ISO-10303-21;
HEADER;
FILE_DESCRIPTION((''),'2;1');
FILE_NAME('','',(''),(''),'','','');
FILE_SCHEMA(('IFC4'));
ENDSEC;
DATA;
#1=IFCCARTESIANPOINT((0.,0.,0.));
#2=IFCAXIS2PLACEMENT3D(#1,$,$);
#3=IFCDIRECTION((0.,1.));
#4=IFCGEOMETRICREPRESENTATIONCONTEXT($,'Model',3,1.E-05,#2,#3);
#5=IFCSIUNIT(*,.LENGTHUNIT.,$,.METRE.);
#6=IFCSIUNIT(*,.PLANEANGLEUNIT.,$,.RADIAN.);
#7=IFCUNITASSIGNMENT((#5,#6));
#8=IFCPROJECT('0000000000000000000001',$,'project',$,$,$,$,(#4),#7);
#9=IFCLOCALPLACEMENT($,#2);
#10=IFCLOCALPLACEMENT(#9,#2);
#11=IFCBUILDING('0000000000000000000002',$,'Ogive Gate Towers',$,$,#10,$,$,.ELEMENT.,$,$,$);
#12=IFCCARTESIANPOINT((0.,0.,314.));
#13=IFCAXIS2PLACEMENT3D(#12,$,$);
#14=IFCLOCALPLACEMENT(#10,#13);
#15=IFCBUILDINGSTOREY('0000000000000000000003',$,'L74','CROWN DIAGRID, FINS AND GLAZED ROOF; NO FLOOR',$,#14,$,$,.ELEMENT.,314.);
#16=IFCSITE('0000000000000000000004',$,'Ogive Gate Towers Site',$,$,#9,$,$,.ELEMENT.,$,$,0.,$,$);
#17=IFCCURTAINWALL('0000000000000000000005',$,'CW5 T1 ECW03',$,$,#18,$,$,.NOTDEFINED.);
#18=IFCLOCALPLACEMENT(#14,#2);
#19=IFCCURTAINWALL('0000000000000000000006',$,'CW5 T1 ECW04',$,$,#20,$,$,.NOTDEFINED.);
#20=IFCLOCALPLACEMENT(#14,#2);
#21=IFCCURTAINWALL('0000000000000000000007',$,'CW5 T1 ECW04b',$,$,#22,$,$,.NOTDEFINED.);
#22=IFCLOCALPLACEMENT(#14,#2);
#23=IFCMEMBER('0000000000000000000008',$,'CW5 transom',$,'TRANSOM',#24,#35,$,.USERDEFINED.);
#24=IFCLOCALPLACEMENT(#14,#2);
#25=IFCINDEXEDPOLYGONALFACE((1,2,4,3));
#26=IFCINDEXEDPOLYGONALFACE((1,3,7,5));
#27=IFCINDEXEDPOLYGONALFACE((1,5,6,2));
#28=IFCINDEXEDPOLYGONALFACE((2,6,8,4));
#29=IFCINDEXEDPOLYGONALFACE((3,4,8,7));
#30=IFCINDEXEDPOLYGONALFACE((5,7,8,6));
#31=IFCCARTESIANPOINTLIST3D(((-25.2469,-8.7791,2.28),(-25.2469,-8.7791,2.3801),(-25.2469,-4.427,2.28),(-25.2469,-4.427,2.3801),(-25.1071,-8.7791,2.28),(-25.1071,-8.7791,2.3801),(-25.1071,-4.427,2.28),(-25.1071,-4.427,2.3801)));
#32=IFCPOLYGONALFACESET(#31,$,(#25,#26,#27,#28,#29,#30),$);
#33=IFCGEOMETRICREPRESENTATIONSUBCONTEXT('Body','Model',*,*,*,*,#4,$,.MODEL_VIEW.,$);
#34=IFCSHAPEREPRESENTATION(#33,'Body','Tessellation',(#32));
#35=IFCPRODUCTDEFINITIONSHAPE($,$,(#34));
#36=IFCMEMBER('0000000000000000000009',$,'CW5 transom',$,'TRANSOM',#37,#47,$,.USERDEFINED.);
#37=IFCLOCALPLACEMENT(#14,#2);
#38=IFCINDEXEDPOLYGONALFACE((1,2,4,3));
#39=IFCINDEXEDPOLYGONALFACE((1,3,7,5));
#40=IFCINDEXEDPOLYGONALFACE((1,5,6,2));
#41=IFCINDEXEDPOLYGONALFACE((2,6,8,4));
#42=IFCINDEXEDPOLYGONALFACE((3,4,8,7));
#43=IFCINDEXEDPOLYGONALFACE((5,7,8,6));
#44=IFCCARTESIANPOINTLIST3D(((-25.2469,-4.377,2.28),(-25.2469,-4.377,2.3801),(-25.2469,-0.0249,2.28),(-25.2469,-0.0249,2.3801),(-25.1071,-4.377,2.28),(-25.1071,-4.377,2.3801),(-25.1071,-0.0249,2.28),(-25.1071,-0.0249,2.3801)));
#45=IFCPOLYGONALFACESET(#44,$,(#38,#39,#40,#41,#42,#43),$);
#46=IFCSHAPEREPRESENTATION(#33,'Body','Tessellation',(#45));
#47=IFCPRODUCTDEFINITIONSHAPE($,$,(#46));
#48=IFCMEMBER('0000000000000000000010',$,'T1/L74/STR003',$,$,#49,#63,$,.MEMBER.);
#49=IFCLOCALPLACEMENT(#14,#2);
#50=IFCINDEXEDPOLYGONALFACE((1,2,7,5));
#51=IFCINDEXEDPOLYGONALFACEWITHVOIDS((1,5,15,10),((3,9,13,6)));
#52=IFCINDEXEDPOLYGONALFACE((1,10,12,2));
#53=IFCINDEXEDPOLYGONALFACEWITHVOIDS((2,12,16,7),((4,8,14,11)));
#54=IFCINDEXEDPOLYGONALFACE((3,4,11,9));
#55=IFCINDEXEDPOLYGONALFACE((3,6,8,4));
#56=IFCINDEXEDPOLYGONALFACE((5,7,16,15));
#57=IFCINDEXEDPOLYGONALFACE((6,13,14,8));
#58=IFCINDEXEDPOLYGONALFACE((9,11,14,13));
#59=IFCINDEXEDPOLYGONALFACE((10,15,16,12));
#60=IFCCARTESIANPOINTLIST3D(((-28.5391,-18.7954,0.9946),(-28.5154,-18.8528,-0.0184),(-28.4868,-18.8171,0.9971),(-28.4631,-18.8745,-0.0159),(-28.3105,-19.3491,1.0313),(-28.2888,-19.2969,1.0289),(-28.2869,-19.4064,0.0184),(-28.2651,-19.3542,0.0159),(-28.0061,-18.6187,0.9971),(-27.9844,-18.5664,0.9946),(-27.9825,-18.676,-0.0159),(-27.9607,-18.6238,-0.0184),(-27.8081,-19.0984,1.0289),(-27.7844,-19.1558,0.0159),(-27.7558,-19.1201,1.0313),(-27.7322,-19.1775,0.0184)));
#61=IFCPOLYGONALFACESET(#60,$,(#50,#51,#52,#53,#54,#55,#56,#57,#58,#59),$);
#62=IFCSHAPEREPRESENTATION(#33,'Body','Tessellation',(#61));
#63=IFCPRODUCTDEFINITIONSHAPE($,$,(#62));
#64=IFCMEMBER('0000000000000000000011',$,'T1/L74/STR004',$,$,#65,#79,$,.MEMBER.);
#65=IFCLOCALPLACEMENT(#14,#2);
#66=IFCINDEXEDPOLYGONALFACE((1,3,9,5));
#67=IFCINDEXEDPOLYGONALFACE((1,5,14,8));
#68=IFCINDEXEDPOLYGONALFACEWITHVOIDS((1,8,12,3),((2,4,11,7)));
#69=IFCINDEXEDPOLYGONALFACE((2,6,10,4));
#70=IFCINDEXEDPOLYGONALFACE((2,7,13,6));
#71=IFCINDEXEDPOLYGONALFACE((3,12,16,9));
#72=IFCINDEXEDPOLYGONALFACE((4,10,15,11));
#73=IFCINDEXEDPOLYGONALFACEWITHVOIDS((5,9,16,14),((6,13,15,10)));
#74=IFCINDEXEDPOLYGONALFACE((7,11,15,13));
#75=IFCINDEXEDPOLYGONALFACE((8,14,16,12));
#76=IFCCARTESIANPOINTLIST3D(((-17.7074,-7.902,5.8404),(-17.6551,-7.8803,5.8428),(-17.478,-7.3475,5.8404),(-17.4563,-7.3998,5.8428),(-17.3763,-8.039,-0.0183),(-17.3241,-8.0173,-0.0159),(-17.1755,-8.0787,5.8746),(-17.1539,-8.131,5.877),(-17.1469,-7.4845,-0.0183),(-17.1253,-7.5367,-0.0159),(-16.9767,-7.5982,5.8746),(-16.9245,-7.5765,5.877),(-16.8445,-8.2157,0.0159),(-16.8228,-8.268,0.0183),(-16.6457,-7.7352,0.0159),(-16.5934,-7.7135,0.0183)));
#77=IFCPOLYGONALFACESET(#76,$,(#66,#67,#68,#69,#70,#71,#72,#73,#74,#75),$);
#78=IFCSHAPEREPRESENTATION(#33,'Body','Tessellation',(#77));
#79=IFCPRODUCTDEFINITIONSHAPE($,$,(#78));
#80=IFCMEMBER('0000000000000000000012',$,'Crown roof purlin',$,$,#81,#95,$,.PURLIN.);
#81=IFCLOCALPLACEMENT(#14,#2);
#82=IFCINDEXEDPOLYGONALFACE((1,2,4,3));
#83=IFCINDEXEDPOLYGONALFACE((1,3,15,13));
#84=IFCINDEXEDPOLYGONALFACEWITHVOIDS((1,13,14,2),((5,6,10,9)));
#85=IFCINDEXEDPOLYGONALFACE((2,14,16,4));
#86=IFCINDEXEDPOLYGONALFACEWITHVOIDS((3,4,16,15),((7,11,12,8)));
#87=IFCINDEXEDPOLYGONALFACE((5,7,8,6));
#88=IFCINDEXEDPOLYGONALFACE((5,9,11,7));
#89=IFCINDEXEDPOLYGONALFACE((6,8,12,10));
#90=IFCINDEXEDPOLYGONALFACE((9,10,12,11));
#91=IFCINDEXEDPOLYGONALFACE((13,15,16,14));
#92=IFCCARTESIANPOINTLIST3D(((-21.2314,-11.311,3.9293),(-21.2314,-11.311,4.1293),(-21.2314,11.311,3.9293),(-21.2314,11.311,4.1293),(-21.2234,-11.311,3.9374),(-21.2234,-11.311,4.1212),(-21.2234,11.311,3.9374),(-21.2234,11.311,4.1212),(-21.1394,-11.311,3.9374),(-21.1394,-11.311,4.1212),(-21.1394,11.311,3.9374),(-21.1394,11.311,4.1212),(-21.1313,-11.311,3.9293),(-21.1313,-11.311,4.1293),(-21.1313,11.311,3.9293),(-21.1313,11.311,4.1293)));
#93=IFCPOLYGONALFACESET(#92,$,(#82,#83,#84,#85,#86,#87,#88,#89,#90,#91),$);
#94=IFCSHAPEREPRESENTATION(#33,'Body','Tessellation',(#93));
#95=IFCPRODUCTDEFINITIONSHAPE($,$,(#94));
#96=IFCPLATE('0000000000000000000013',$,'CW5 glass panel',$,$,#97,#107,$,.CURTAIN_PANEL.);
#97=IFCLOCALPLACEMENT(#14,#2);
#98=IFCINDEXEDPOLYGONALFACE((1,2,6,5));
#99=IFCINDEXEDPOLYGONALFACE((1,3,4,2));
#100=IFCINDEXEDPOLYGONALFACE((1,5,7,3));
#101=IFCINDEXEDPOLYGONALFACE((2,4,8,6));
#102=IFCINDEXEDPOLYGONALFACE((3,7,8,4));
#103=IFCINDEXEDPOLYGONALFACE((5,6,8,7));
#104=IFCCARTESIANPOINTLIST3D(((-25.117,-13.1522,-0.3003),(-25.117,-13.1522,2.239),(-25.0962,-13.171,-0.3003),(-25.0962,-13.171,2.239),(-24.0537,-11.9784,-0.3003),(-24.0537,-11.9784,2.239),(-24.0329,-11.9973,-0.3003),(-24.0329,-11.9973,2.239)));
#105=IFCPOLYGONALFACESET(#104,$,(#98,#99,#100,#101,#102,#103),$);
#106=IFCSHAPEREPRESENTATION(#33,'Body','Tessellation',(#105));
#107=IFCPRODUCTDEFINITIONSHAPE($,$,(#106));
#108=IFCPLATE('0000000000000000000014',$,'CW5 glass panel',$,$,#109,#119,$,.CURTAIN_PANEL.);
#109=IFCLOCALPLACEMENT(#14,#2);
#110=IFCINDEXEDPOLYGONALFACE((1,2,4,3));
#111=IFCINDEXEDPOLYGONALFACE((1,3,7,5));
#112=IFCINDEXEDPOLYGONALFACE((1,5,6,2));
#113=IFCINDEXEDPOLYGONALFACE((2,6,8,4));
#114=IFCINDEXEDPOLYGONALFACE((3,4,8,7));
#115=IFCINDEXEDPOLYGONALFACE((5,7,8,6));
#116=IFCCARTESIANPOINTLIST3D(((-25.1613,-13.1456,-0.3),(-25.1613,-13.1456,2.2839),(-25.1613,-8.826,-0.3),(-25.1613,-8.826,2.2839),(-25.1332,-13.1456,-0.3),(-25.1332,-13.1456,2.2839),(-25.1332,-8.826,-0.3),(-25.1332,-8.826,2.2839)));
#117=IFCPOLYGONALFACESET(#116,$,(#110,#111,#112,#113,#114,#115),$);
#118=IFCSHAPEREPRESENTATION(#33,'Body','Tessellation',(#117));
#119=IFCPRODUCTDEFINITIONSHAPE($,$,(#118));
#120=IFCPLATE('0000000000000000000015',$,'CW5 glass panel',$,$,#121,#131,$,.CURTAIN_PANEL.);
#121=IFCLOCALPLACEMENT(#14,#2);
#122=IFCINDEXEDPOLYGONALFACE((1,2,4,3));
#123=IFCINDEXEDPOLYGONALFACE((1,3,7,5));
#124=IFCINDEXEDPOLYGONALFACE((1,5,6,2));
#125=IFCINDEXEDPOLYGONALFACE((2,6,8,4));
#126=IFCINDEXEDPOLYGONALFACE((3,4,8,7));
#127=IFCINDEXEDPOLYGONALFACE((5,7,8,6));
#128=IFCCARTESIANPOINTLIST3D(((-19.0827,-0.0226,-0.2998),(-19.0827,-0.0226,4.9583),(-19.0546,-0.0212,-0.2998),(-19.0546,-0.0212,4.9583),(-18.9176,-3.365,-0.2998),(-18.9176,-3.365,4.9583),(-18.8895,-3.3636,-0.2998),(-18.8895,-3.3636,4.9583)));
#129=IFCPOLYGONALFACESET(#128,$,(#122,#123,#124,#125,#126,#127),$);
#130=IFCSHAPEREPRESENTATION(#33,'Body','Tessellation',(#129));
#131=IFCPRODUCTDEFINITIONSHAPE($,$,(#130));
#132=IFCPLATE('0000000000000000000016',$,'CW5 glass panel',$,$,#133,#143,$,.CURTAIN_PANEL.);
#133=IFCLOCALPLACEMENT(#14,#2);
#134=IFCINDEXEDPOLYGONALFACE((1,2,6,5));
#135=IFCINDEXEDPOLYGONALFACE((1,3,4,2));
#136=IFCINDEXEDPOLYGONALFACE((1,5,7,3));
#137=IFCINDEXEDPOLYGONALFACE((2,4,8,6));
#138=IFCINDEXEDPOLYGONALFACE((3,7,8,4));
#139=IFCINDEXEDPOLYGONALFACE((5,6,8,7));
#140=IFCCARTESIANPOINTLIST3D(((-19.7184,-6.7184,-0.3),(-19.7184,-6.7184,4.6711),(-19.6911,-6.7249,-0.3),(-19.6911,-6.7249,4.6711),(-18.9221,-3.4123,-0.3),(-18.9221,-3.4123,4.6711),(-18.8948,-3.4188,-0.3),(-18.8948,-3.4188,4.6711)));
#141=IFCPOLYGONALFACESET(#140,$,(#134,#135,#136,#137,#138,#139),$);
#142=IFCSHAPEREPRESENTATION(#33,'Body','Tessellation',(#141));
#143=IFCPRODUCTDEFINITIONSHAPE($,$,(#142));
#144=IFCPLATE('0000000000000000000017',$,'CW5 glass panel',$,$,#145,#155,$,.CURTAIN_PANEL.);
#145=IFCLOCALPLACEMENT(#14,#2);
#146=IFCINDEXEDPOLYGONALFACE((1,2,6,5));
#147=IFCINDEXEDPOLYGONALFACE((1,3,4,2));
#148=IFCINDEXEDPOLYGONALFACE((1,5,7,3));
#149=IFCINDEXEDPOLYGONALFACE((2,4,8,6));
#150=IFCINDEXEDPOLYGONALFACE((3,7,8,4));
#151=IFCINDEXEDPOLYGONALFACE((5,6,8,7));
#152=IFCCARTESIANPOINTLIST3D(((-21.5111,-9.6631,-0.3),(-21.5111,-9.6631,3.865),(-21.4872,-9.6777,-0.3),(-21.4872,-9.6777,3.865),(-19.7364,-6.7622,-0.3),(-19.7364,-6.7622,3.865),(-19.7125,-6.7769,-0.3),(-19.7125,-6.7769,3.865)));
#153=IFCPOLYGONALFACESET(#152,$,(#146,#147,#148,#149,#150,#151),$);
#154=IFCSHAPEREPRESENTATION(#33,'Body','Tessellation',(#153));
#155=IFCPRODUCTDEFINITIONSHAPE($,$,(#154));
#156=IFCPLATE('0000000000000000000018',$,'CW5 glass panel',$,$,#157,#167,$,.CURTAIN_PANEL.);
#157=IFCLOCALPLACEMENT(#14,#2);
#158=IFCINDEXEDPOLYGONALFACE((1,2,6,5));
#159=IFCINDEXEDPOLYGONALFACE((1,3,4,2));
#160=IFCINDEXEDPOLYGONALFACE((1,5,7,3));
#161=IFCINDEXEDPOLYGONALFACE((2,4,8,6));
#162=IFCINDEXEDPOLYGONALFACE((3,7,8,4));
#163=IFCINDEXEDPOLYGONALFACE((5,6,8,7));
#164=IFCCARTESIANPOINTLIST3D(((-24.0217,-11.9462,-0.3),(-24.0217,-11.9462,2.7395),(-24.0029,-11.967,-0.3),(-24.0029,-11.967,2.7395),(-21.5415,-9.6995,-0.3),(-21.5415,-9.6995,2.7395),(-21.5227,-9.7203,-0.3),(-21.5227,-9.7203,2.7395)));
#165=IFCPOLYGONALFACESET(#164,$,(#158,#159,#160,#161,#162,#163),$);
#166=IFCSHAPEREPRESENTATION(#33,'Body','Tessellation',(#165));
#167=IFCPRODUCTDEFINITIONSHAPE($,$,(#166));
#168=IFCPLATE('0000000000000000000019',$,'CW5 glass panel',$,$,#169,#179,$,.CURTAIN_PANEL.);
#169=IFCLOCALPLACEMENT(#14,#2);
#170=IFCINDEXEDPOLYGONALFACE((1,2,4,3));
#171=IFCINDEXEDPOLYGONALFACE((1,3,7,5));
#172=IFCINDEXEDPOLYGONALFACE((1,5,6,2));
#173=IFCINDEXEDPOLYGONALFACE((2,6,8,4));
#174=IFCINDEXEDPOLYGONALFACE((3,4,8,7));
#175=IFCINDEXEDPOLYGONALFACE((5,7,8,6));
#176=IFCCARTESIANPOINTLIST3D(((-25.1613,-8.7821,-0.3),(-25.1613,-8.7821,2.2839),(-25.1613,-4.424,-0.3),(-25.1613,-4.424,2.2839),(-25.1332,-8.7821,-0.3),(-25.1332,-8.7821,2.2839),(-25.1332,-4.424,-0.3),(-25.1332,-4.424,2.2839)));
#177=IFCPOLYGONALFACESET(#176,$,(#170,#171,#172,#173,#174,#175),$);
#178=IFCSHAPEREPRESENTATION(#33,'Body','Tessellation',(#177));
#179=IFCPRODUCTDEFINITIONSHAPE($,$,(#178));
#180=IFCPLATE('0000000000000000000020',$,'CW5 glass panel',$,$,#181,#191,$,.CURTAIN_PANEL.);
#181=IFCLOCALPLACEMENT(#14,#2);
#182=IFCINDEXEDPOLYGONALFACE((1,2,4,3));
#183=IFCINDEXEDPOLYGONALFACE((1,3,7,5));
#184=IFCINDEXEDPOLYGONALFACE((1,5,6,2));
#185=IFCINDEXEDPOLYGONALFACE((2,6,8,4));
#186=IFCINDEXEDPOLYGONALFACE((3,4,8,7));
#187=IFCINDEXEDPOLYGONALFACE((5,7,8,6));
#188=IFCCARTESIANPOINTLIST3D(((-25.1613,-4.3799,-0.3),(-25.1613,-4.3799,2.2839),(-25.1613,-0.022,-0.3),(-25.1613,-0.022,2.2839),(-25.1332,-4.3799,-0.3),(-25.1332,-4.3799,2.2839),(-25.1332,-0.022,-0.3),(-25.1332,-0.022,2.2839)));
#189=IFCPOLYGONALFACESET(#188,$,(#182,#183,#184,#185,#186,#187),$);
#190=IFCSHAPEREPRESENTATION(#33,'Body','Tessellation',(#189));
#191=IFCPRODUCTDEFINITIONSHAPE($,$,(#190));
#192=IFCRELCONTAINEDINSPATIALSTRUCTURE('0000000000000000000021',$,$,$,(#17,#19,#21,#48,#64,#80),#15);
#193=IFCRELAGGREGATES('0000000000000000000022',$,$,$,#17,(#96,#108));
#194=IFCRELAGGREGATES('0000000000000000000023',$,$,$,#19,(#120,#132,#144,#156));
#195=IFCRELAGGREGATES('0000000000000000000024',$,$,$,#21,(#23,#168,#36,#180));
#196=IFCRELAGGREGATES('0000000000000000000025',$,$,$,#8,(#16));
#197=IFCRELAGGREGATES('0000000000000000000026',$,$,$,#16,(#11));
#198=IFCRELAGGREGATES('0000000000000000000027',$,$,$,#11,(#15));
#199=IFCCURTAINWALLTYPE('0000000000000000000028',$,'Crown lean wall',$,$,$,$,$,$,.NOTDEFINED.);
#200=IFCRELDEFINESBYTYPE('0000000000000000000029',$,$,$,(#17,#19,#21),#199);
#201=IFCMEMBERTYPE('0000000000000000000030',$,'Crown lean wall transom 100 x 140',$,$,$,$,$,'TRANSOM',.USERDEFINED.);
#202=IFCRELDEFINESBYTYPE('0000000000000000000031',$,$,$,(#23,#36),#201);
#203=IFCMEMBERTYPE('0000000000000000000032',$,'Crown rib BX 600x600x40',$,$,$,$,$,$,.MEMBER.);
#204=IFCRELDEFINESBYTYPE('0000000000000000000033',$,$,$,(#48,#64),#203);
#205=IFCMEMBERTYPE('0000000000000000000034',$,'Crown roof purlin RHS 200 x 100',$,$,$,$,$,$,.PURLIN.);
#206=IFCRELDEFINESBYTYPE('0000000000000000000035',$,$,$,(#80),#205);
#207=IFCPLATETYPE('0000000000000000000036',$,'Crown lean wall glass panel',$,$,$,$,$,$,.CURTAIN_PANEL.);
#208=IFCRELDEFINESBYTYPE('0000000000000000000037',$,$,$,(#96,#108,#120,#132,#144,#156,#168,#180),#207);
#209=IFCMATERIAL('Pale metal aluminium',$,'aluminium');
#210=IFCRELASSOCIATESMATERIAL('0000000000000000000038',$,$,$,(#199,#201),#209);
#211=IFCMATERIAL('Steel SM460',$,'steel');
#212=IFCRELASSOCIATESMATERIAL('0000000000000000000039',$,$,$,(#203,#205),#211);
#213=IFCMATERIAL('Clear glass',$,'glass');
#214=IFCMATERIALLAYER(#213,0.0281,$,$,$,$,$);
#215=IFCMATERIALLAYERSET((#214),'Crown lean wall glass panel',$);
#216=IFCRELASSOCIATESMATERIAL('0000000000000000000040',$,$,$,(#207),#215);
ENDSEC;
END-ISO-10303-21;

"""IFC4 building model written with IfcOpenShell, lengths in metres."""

from ifc_helpers import new_model, si_unit, direction, frame, origin, origin_2d, place, context, subcontext, project, spatial, rectangle, hollow_rectangle, extrude, material, layer, layer_set, material_profile, profile_set, type_object, element, aggregate, save


model = new_model("IFC4")

# Units and contexts
model_context = context("Model", 3, precision=1e-05, world=origin(), true_north=direction((0.0, 1.0)))
body_context = subcontext(model_context, "Body", "Model", "MODEL_VIEW")
ifc_project = project(units=[si_unit("LENGTHUNIT", "METRE"), si_unit("PLANEANGLEUNIT", "RADIAN")], contexts=[model_context])

# Site, building, storey
site_placement = place(None, origin())
site = spatial("IfcSite", under=ifc_project, at=site_placement, Name="Ogive Gate Towers Site", CompositionType="ELEMENT", RefElevation=0.0)
building_placement = place(site_placement, origin())
building = spatial("IfcBuilding", under=site, at=building_placement, Name="Ogive Gate Towers", CompositionType="ELEMENT")
storey_placement = place(building_placement, frame((0.0, 0.0, 314.0)))
storey = spatial("IfcBuildingStorey", under=building, at=storey_placement, Name="L74", Description="CROWN DIAGRID, FINS AND GLAZED ROOF; NO FLOOR", CompositionType="ELEMENT", Elevation=314.0)

# Shared definitions
ifc_material_1 = material(Name="Pale metal aluminium", Category="aluminium")
curtain_wall_type = type_object("IfcCurtainWallType", Name="Crown lean wall", PredefinedType="NOTDEFINED", material=ifc_material_1)

# Curtain walls
curtain_wall_1_placement = place(storey_placement, origin())
curtain_wall_1 = element("IfcCurtainWall", 1, at=curtain_wall_1_placement, inside=storey, type_object=curtain_wall_type, Name="CW5 T1 ECW03", PredefinedType="NOTDEFINED")
curtain_wall_2_placement = place(storey_placement, origin())
curtain_wall_2 = element("IfcCurtainWall", 2, at=curtain_wall_2_placement, inside=storey, type_object=curtain_wall_type, Name="CW5 T1 ECW04", PredefinedType="NOTDEFINED")

# Curtain wall
curtain_wall_3_placement = place(storey_placement, origin())
curtain_wall_3 = element("IfcCurtainWall", 3, at=curtain_wall_3_placement, inside=storey, type_object=curtain_wall_type, Name="CW5 T1 ECW04b", PredefinedType="NOTDEFINED")

# Members
ifc_material_profile_1 = material_profile(ifc_material_1, rectangle(XDim=0.1399, YDim=0.1001, at=origin_2d()), Name="100 x 140 aluminium box")
ifc_profile_set_1 = profile_set([ifc_material_profile_1], Name="Pale metal aluminium")
member_type_1 = type_object("IfcMemberType", Name="Crown lean wall transom 100 x 140", ElementType="TRANSOM", PredefinedType="USERDEFINED", material=ifc_profile_set_1)
member_1_placement = place(storey_placement, frame((-25.177, -8.7791, 2.3301), z_axis=(0.0, 1.0, 0.0), x_axis=(-1.0, 0.0, 0.0)))
member_1 = element("IfcMember", 4, at=member_1_placement, type_object=member_type_1, Name="CW5 transom", ObjectType="TRANSOM", PredefinedType="USERDEFINED", context=body_context, shape_type="SweptSolid", body=[
    extrude(rectangle(XDim=0.1399, YDim=0.1001, at=origin_2d()), origin(), (0.0, 0.0, 1.0), 4.3521),
])
member_2_placement = place(storey_placement, frame((-25.177, -4.377, 2.3301), z_axis=(0.0, 1.0, 0.0), x_axis=(-1.0, 0.0, 0.0)))
member_2 = element("IfcMember", 5, at=member_2_placement, type_object=member_type_1, Name="CW5 transom", ObjectType="TRANSOM", PredefinedType="USERDEFINED", context=body_context, shape_type="SweptSolid", body=[
    extrude(rectangle(XDim=0.1399, YDim=0.1001, at=origin_2d()), origin(), (0.0, 0.0, 1.0), 4.3521),
])

# Members
ifc_material_2 = material(Name="Steel SM460", Category="steel")
ifc_material_profile_2 = material_profile(ifc_material_2, hollow_rectangle(XDim=0.6001, YDim=0.6001, WallThickness=0.04, at=origin_2d()), Name="BX 600x600x40")
ifc_profile_set_2 = profile_set([ifc_material_profile_2], Name="Steel SM460")
member_type_2 = type_object("IfcMemberType", Name="Crown rib BX 600x600x40", PredefinedType="MEMBER", material=ifc_profile_set_2)
member_3_placement = place(storey_placement, frame((-28.1238, -19.0151, 0.0), z_axis=(-0.023335, 0.056534, 0.998128), x_axis=(-0.924352, -0.381541, 0.0)))
element("IfcMember", 6, at=member_3_placement, inside=storey, type_object=member_type_2, Name="T1/L74/STR003", PredefinedType="MEMBER", context=body_context, shape_type="SweptSolid", body=[
    extrude(hollow_rectangle(XDim=0.6001, YDim=0.6001, WallThickness=0.04, at=origin_2d()), origin(), (0.0, 0.0, 1.0), 1.0149),
])
member_4_placement = place(storey_placement, frame((-16.9849, -7.8762, 0.0), z_axis=(-0.056402, 0.023334, 0.998135), x_axis=(-0.382292, -0.924042, 0.0)))
element("IfcMember", 7, at=member_4_placement, inside=storey, type_object=member_type_2, Name="T1/L74/STR004", PredefinedType="MEMBER", context=body_context, shape_type="SweptSolid", body=[
    extrude(hollow_rectangle(XDim=0.6001, YDim=0.6001, WallThickness=0.04, at=origin_2d()), origin(), (0.0, 0.0, 1.0), 5.8696),
])
ifc_material_profile_3 = material_profile(ifc_material_2, hollow_rectangle(XDim=0.1001, YDim=0.2, WallThickness=0.0081, at=origin_2d()), Name="RHS 200x100x8")
ifc_profile_set_3 = profile_set([ifc_material_profile_3], Name="Steel SM460")
member_type_3 = type_object("IfcMemberType", Name="Crown roof purlin RHS 200 x 100", PredefinedType="PURLIN", material=ifc_profile_set_3)
member_5_placement = place(storey_placement, frame((-21.1814, -11.311, 4.0293), z_axis=(0.0, 1.0, 0.0), x_axis=(-1.0, 0.0, 0.0)))
element("IfcMember", 8, at=member_5_placement, inside=storey, type_object=member_type_3, Name="Crown roof purlin", PredefinedType="PURLIN", context=body_context, shape_type="SweptSolid", body=[
    extrude(hollow_rectangle(XDim=0.1001, YDim=0.2, WallThickness=0.0081, at=origin_2d()), origin(), (0.0, 0.0, 1.0), 22.6221),
])

# Plates
ifc_material_3 = material(Name="Clear glass", Category="glass")
ifc_layer_1 = layer(ifc_material_3, 0.0281)
ifc_layer_set_1 = layer_set([ifc_layer_1], Name="Crown lean wall glass panel")
plate_type_1 = type_object("IfcPlateType", Name="Crown lean wall glass panel", PredefinedType="CURTAIN_PANEL", material=ifc_layer_set_1)
plate_1_placement = place(storey_placement, frame((-24.575, -12.5747, -0.3003), z_axis=(0.0, 0.0, 1.0), x_axis=(-0.671371, -0.741121, 0.0)))
plate_1 = element("IfcPlate", 9, at=plate_1_placement, type_object=plate_type_1, Name="CW5 glass panel", PredefinedType="CURTAIN_PANEL", context=body_context, shape_type="SweptSolid", body=[
    extrude(rectangle(XDim=1.5837, YDim=0.0281, at=origin_2d()), origin(), (0.0, 0.0, 1.0), 2.5393),
])
plate_2_placement = place(storey_placement, frame((-25.1472, -10.9858, -0.3), z_axis=(0.0, 0.0, 1.0), x_axis=(0.0, 1.0, 0.0)))
plate_2 = element("IfcPlate", 10, at=plate_2_placement, type_object=plate_type_1, Name="CW5 glass panel", PredefinedType="CURTAIN_PANEL", context=body_context, shape_type="SweptSolid", body=[
    extrude(rectangle(XDim=4.3196, YDim=0.0281, at=origin_2d()), origin(), (0.0, 0.0, 1.0), 2.584),
])
aggregate(curtain_wall_1, [plate_1, plate_2])
plate_3_placement = place(storey_placement, frame((-18.9861, -1.6931, -0.2998), z_axis=(0.0, 0.0, 1.0), x_axis=(0.049338, -0.998782, 0.0)))
plate_3 = element("IfcPlate", 11, at=plate_3_placement, type_object=plate_type_1, Name="CW5 glass panel", PredefinedType="CURTAIN_PANEL", context=body_context, shape_type="SweptSolid", body=[
    extrude(rectangle(XDim=3.3464, YDim=0.0281, at=origin_2d()), origin(), (0.0, 0.0, 1.0), 5.2581),
])
plate_4_placement = place(storey_placement, frame((-19.3066, -5.0686, -0.3), z_axis=(0.0, 0.0, 1.0), x_axis=(-0.234158, -0.972199, 0.0)))
plate_4 = element("IfcPlate", 12, at=plate_4_placement, type_object=plate_type_1, Name="CW5 glass panel", PredefinedType="CURTAIN_PANEL", context=body_context, shape_type="SweptSolid", body=[
    extrude(rectangle(XDim=3.4006, YDim=0.0281, at=origin_2d()), origin(), (0.0, 0.0, 1.0), 4.9712),
])
plate_5_placement = place(storey_placement, frame((-20.6118, -8.22, -0.3), z_axis=(0.0, 0.0, 1.0), x_axis=(-0.521873, -0.853023, 0.0)))
plate_5 = element("IfcPlate", 13, at=plate_5_placement, type_object=plate_type_1, Name="CW5 glass panel", PredefinedType="CURTAIN_PANEL", context=body_context, shape_type="SweptSolid", body=[
    extrude(rectangle(XDim=3.4006, YDim=0.0281, at=origin_2d()), origin(), (0.0, 0.0, 1.0), 4.165),
])
plate_6_placement = place(storey_placement, frame((-22.7722, -10.8333, -0.3), z_axis=(0.0, 0.0, 1.0), x_axis=(-0.741144, -0.671346, 0.0)))
plate_6 = element("IfcPlate", 14, at=plate_6_placement, type_object=plate_type_1, Name="CW5 glass panel", PredefinedType="CURTAIN_PANEL", context=body_context, shape_type="SweptSolid", body=[
    extrude(rectangle(XDim=3.3464, YDim=0.0281, at=origin_2d()), origin(), (0.0, 0.0, 1.0), 3.0396),
])
aggregate(curtain_wall_2, [plate_3, plate_4, plate_5, plate_6])
plate_7_placement = place(storey_placement, frame((-25.1472, -6.603, -0.3), z_axis=(0.0, 0.0, 1.0), x_axis=(0.0, 1.0, 0.0)))
plate_7 = element("IfcPlate", 15, at=plate_7_placement, type_object=plate_type_1, Name="CW5 glass panel", PredefinedType="CURTAIN_PANEL", context=body_context, shape_type="SweptSolid", body=[
    extrude(rectangle(XDim=4.3582, YDim=0.0281, at=origin_2d()), origin(), (0.0, 0.0, 1.0), 2.584),
])
plate_8_placement = place(storey_placement, frame((-25.1472, -2.2009, -0.3), z_axis=(0.0, 0.0, 1.0), x_axis=(0.0, 1.0, 0.0)))
plate_8 = element("IfcPlate", 16, at=plate_8_placement, type_object=plate_type_1, Name="CW5 glass panel", PredefinedType="CURTAIN_PANEL", context=body_context, shape_type="SweptSolid", body=[
    extrude(rectangle(XDim=4.3579, YDim=0.0281, at=origin_2d()), origin(), (0.0, 0.0, 1.0), 2.584),
])
aggregate(curtain_wall_3, [member_1, plate_7, member_2, plate_8])

save(model, "model.ifc")
